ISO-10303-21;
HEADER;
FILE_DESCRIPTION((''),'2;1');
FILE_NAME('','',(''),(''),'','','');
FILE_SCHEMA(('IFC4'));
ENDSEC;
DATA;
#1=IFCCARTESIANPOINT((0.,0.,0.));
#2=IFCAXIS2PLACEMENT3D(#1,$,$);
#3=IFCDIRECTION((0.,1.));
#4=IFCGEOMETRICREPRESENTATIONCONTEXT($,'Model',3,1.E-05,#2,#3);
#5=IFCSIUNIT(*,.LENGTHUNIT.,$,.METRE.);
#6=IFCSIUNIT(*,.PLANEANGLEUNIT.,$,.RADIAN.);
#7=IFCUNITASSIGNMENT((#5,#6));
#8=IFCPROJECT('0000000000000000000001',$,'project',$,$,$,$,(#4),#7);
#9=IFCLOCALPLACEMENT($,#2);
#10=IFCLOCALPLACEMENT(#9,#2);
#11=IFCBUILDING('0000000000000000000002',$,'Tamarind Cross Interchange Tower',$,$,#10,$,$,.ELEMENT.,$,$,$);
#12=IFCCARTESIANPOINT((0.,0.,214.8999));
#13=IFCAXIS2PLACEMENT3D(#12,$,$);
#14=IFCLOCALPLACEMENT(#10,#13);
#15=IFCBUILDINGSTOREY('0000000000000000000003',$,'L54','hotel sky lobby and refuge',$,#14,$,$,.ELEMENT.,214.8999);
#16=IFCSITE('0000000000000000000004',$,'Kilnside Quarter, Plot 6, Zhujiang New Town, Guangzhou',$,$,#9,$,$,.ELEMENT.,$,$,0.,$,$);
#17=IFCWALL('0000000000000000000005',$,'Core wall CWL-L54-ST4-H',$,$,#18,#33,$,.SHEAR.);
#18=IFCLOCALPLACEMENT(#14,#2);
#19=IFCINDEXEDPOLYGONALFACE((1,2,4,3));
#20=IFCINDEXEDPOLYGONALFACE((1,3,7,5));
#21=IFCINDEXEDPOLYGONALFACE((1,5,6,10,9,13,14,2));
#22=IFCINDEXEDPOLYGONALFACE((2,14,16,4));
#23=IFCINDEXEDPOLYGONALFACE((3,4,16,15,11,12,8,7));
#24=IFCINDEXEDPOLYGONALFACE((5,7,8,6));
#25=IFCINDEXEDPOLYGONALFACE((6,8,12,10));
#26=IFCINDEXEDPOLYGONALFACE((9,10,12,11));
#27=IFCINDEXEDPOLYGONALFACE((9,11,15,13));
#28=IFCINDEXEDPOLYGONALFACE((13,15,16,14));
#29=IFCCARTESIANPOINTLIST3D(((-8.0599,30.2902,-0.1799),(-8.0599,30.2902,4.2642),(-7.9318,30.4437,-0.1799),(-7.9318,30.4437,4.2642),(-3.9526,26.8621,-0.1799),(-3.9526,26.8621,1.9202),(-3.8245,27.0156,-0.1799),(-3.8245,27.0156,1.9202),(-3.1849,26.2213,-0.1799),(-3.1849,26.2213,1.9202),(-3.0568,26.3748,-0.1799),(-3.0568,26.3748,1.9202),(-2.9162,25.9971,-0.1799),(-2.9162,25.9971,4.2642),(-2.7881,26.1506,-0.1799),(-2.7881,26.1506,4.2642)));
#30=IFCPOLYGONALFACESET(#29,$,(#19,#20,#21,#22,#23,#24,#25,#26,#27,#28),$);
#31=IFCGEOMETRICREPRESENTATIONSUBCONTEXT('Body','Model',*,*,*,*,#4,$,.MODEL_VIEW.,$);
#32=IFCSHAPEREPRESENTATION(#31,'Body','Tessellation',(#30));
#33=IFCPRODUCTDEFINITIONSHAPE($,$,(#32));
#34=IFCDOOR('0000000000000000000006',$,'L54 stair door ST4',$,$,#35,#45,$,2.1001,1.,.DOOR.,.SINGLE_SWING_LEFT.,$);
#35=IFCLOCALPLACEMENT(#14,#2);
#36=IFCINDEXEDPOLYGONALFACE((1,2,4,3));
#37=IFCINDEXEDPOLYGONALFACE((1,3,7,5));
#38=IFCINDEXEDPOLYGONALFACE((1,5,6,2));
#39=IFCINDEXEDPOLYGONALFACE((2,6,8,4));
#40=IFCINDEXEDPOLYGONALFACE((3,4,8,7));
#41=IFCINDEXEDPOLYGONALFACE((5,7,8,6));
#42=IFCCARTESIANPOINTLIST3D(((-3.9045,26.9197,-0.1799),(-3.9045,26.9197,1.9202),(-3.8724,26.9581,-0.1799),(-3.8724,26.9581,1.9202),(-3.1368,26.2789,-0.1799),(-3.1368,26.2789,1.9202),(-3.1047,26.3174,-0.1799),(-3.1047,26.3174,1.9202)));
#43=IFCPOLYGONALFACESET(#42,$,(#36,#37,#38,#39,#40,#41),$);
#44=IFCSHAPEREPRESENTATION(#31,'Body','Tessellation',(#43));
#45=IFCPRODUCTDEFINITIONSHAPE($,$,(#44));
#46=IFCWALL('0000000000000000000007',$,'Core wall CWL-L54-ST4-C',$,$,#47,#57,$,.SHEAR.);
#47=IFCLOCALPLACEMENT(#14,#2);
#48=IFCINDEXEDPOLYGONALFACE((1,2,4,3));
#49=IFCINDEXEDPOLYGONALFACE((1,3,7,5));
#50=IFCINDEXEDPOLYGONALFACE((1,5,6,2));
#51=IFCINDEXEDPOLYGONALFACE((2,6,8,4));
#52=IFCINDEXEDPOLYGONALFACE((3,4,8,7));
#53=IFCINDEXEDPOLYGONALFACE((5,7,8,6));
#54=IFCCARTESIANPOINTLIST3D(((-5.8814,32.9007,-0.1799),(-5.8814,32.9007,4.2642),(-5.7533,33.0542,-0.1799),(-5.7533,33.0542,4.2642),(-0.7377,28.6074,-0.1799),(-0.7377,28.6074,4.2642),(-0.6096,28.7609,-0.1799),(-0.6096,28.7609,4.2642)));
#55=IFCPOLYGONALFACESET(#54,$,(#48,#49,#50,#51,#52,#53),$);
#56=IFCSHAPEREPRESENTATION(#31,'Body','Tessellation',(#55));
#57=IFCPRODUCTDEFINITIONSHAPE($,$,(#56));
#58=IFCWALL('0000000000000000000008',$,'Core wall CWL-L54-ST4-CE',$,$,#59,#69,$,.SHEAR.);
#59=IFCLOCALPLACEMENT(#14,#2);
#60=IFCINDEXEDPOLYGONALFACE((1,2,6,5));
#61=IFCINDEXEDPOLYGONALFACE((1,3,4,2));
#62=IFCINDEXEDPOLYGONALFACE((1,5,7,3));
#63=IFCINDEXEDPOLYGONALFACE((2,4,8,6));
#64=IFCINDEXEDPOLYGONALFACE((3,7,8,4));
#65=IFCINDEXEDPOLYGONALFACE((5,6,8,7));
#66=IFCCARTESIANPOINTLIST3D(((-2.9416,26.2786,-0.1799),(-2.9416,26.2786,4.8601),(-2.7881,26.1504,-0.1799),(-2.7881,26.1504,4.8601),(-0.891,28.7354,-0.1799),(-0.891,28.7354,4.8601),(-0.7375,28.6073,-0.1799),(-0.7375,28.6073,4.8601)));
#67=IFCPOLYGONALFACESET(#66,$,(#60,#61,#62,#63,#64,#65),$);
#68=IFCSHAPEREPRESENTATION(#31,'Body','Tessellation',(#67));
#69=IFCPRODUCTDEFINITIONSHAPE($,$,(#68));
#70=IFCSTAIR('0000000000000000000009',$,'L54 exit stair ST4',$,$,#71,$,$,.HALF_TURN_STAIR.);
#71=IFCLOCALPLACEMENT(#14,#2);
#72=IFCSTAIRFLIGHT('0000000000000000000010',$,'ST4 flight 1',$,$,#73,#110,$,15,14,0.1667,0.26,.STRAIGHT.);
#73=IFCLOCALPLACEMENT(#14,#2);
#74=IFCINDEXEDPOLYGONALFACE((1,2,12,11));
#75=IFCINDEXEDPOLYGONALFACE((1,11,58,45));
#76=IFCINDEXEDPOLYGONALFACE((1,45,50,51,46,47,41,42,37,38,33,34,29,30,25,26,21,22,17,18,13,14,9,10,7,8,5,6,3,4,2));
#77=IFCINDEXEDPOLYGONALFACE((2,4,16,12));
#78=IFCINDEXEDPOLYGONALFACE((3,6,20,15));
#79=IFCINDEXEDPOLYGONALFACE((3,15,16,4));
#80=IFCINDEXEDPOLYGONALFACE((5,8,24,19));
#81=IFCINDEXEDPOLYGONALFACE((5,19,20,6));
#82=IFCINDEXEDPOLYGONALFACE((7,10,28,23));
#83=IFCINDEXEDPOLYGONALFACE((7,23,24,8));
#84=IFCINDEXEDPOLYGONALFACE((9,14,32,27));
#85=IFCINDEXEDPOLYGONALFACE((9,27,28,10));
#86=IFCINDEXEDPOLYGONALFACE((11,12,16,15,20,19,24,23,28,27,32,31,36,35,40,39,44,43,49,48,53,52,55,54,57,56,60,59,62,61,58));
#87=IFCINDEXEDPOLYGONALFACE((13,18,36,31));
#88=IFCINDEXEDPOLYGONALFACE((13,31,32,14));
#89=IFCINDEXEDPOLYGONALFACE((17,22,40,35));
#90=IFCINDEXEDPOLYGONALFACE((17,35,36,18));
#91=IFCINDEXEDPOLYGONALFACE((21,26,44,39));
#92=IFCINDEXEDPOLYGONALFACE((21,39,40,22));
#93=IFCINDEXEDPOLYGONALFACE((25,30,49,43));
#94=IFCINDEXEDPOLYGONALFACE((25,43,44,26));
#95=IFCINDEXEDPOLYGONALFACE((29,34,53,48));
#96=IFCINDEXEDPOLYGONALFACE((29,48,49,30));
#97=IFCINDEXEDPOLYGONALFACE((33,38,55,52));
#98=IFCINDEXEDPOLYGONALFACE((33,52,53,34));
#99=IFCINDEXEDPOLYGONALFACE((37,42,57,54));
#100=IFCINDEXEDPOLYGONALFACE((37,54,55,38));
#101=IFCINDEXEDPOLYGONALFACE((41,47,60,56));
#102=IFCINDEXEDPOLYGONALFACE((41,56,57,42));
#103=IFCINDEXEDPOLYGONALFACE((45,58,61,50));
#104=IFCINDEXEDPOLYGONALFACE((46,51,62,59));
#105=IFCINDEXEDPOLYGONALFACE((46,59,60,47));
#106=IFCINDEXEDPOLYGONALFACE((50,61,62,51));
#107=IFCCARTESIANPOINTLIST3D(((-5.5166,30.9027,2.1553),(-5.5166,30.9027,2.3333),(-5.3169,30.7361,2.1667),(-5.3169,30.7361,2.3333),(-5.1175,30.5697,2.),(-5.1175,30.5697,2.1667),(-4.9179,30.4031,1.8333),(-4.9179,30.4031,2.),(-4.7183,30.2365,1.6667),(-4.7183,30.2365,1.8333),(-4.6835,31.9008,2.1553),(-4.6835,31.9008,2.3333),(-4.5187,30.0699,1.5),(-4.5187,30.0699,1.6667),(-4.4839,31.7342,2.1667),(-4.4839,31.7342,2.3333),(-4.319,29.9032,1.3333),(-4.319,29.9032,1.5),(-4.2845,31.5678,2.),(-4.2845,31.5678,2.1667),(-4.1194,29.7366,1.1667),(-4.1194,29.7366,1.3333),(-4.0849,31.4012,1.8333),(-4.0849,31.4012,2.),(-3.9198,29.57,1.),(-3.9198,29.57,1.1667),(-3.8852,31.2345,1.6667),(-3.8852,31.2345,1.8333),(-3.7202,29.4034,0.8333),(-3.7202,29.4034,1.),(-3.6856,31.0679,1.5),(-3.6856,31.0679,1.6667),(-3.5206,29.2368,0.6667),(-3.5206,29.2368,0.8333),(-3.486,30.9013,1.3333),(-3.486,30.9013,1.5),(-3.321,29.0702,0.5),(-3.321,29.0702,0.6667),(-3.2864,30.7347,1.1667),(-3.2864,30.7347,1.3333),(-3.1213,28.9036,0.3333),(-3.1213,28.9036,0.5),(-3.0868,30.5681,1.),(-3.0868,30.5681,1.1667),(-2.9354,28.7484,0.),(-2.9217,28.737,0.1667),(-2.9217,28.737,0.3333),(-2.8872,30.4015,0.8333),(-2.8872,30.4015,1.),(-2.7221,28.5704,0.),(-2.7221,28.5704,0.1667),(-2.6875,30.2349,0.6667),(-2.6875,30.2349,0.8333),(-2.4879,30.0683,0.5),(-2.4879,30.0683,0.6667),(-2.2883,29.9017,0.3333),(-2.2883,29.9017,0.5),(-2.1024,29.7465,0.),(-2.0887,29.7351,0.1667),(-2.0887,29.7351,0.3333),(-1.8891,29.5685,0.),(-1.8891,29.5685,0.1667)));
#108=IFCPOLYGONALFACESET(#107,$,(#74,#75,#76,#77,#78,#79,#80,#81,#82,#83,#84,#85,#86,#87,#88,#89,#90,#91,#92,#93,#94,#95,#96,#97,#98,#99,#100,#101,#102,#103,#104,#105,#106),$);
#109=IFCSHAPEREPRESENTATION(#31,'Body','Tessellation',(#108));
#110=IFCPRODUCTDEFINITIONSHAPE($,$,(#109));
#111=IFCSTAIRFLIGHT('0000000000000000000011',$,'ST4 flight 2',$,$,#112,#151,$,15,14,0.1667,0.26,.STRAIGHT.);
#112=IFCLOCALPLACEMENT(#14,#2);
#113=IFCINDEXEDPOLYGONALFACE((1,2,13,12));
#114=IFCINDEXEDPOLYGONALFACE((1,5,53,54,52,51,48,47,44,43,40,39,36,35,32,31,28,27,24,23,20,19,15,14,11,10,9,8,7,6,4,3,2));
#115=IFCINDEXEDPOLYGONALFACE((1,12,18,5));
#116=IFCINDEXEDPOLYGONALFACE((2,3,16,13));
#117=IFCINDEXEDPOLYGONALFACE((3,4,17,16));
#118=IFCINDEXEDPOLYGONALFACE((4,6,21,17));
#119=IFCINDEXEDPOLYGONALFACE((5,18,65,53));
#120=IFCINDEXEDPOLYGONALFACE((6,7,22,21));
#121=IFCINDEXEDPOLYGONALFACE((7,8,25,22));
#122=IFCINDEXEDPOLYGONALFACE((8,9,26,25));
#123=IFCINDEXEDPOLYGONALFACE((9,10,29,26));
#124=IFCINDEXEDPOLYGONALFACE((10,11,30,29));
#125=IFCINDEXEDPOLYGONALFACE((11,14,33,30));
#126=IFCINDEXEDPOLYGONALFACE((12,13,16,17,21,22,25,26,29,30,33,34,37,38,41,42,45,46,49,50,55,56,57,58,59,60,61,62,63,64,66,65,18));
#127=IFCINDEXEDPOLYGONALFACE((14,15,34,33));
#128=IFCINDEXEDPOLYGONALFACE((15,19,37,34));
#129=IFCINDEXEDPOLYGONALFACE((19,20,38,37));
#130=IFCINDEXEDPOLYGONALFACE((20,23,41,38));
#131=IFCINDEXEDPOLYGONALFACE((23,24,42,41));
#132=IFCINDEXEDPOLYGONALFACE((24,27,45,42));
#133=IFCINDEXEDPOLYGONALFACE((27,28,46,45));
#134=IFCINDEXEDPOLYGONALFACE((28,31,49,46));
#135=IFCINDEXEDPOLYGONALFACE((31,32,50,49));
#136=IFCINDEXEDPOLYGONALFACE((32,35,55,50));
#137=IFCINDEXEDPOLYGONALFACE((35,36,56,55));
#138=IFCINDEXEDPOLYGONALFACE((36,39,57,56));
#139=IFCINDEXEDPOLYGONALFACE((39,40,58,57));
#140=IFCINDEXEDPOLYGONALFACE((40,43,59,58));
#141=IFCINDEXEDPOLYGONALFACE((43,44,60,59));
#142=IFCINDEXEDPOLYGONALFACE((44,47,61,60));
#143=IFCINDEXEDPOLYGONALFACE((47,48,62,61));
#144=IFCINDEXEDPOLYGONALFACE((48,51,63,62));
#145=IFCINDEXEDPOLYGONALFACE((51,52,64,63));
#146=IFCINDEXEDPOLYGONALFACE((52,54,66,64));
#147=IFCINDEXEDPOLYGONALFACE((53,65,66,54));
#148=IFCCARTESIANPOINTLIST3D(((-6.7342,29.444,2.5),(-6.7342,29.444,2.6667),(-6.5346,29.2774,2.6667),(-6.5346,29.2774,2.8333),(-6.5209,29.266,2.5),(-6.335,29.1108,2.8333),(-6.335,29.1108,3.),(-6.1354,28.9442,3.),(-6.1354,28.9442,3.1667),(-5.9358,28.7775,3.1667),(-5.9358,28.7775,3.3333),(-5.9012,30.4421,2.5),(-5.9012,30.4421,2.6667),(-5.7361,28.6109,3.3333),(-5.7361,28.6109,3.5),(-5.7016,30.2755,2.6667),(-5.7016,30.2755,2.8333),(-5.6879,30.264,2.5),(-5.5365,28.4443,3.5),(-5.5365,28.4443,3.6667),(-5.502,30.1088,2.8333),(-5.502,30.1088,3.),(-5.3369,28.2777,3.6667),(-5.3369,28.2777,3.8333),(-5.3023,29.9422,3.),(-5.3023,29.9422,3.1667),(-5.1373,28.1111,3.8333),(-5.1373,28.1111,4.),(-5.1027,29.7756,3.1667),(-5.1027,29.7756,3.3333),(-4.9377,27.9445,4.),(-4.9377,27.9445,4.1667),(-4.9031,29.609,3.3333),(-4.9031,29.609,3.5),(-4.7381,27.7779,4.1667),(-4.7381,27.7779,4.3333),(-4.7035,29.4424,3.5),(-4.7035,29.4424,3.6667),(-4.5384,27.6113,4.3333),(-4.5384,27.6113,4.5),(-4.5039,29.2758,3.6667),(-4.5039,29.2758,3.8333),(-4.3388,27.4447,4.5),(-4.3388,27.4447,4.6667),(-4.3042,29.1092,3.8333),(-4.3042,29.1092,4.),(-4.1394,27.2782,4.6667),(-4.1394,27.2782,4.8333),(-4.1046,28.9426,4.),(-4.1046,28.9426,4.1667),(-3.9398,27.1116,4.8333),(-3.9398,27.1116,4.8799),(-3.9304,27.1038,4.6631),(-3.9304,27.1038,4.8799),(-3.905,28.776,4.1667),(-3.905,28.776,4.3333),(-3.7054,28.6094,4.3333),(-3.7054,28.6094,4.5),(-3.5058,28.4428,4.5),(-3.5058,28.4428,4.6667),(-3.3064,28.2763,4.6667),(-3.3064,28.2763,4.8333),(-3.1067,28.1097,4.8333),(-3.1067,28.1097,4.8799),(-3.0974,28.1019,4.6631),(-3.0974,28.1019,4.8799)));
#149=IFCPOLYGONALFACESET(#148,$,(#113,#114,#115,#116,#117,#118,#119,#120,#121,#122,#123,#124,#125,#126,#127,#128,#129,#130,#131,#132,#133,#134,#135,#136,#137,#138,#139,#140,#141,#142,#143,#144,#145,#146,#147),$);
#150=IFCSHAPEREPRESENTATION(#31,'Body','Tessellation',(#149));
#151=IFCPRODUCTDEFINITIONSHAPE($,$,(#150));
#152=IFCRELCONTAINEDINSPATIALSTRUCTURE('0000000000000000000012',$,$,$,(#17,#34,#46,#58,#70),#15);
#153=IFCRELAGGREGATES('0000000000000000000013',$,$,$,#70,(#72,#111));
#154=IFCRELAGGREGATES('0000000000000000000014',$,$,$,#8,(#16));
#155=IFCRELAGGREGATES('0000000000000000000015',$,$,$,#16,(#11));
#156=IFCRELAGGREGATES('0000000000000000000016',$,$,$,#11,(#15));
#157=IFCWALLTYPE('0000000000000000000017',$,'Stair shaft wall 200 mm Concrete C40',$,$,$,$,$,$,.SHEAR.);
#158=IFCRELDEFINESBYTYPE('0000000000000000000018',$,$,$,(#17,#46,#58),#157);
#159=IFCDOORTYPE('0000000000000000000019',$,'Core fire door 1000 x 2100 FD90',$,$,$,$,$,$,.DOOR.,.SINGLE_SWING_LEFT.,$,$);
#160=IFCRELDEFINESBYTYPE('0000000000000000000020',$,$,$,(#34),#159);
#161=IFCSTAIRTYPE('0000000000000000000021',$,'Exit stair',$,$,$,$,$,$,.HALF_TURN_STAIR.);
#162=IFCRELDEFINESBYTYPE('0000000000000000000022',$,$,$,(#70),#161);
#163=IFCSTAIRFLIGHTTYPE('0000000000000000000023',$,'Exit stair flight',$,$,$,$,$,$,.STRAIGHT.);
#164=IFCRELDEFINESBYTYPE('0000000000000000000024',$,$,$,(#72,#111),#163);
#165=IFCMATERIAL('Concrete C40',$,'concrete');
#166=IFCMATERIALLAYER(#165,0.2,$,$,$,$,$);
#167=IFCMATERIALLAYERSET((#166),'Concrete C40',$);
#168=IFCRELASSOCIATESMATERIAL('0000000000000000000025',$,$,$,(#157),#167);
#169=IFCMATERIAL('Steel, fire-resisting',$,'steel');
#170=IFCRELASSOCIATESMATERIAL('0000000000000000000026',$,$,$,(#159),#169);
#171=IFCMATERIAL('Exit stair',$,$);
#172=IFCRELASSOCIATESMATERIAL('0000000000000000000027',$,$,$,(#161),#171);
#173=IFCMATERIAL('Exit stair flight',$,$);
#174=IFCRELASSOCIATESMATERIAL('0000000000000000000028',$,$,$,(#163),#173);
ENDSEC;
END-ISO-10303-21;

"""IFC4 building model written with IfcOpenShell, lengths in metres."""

from ifc_helpers import new_model, si_unit, direction, frame, frame_2d, origin, place, context, subcontext, project, spatial, polyline, rectangle, outline, extrude, material, layer, layer_set, type_object, element, fill, aggregate, save


model = new_model("IFC4")

# Units and contexts
model_context = context("Model", 3, precision=1e-05, world=origin(), true_north=direction((0.0, 1.0)))
body_context = subcontext(model_context, "Body", "Model", "MODEL_VIEW")
ifc_project = project(units=[si_unit("LENGTHUNIT", "METRE"), si_unit("PLANEANGLEUNIT", "RADIAN")], contexts=[model_context])

# Site, building, storey
site_placement = place(None, origin())
site = spatial("IfcSite", under=ifc_project, at=site_placement, Name="Kilnside Quarter, Plot 6, Zhujiang New Town, Guangzhou", CompositionType="ELEMENT", RefElevation=0.0)
building_placement = place(site_placement, origin())
building = spatial("IfcBuilding", under=site, at=building_placement, Name="Tamarind Cross Interchange Tower", CompositionType="ELEMENT")
storey_placement = place(building_placement, frame((0.0, 0.0, 214.8999)))
storey = spatial("IfcBuildingStorey", under=building, at=storey_placement, Name="L54", Description="hotel sky lobby and refuge", CompositionType="ELEMENT", Elevation=214.8999)

# Shared definitions
ifc_material_1 = material(Name="Concrete C40", Category="concrete")

# Wall, opening, door
ifc_layer_1 = layer(ifc_material_1, 0.2)
ifc_layer_set_1 = layer_set([ifc_layer_1], Name="Concrete C40")
wall_type_1 = type_object("IfcWallType", Name="Stair shaft wall 200 mm Concrete C40", PredefinedType="SHEAR", material=ifc_layer_set_1)
wall_1_placement = place(storey_placement, frame((-2.8521, 26.0737, -0.1799), z_axis=(0.0, 0.0, 1.0), x_axis=(-0.767728, 0.640776, 0.0)))
wall_1 = element("IfcWall", 1, at=wall_1_placement, inside=storey, type_object=wall_type_1, Name="Core wall CWL-L54-ST4-H", PredefinedType="SHEAR", context=body_context, shape_type="SweptSolid", body=[
    extrude(rectangle(XDim=6.7, YDim=0.2, at=frame_2d((3.3501, 0.0))), origin(), (0.0, 0.0, 1.0), 4.4441),
])
opening_1_placement = place(wall_1_placement, frame((0.3501, 0.0, 0.0)))
opening_1 = element("IfcOpeningElement", 2, at=opening_1_placement, cuts=wall_1, PredefinedType="OPENING", context=body_context, shape_type="SweptSolid", body=[
    extrude(rectangle(XDim=1.0, YDim=2.1001, at=frame_2d((0.5, 1.05))), frame((0.0, 0.1099, 0.0), z_axis=(0.0, -1.0, 0.0), x_axis=(1.0, 0.0, 0.0)), (0.0, 0.0, 1.0), 0.22),
])
ifc_material_2 = material(Name="Steel, fire-resisting", Category="steel")
door_type_1 = type_object("IfcDoorType", Name="Core fire door 1000 x 2100 FD90", OperationType="SINGLE_SWING_LEFT", PredefinedType="DOOR", material=ifc_material_2)
door_1_placement = place(opening_1_placement, origin())
door_1 = element("IfcDoor", 3, at=door_1_placement, inside=storey, type_object=door_type_1, Name="L54 stair door ST4", OperationType="SINGLE_SWING_LEFT", OverallHeight=2.1001, OverallWidth=1.0, PredefinedType="DOOR", context=body_context, shape_type="SweptSolid", body=[
    extrude(rectangle(XDim=1.0, YDim=2.1001, at=frame_2d((0.5, 1.05))), frame((0.0, 0.0249, 0.0), z_axis=(0.0, -1.0, 0.0), x_axis=(1.0, 0.0, 0.0)), (0.0, 0.0, 1.0), 0.05),
])
fill(opening_1, door_1)

# Walls
wall_2_placement = place(storey_placement, frame((-0.6736, 28.6841, -0.1799), z_axis=(0.0, 0.0, 1.0), x_axis=(-0.767713, 0.640794, 0.0)))
element("IfcWall", 4, at=wall_2_placement, inside=storey, type_object=wall_type_1, Name="Core wall CWL-L54-ST4-C", PredefinedType="SHEAR", context=body_context, shape_type="SweptSolid", body=[
    extrude(rectangle(XDim=6.7, YDim=0.2, at=frame_2d((3.3501, 0.0))), origin(), (0.0, 0.0, 1.0), 4.4441),
])
wall_3_placement = place(storey_placement, frame((-0.8142, 28.6714, -0.1799), z_axis=(0.0, 0.0, 1.0), x_axis=(-0.640777, -0.767727, 0.0)))
element("IfcWall", 5, at=wall_3_placement, inside=storey, type_object=wall_type_1, Name="Core wall CWL-L54-ST4-CE", PredefinedType="SHEAR", context=body_context, shape_type="SweptSolid", body=[
    extrude(rectangle(XDim=3.2002, YDim=0.2, at=frame_2d((1.6001, 0.0))), origin(), (0.0, 0.0, 1.0), 5.04),
])

# Stair, stair flights
ifc_material_3 = material(Name="Exit stair")
stair_type = type_object("IfcStairType", Name="Exit stair", PredefinedType="HALF_TURN_STAIR", material=ifc_material_3)
stair_placement = place(storey_placement, origin())
stair = element("IfcStair", 6, at=stair_placement, inside=storey, type_object=stair_type, Name="L54 exit stair ST4", PredefinedType="HALF_TURN_STAIR")
ifc_material_4 = material(Name="Exit stair flight")
stair_flight_type = type_object("IfcStairFlightType", Name="Exit stair flight", PredefinedType="STRAIGHT", material=ifc_material_4)
stair_flight_1_placement = place(storey_placement, frame((-2.3057, 29.0693, 0.0), z_axis=(0.0, 0.0, 1.0), x_axis=(-0.767729, 0.640775, 0.0)))
stair_flight_1 = element("IfcStairFlight", 7, at=stair_flight_1_placement, type_object=stair_flight_type, Name="ST4 flight 1", NumberOfRisers=15, NumberOfTreads=14, PredefinedType="STRAIGHT", RiserHeight=0.1667, TreadLength=0.26, context=body_context, shape_type="SweptSolid", body=[
    extrude(outline(polyline([(0.0, 0.0), (0.0, 0.1667), (0.26, 0.1667), (0.26, 0.3333), (0.52, 0.3333), (0.52, 0.5), (0.78, 0.5), (0.78, 0.6667), (1.04, 0.6667), (1.04, 0.8333), (1.3, 0.8333), (1.3, 1.0), (1.5601, 1.0), (1.5601, 1.1667), (1.8201, 1.1667), (1.8201, 1.3333), (2.0801, 1.3333), (2.0801, 1.5), (2.3401, 1.5), (2.3401, 1.6667), (2.6001, 1.6667), (2.6001, 1.8333), (2.8601, 1.8333), (2.8601, 2.0), (3.1201, 2.0), (3.1201, 2.1667), (3.3799, 2.1667), (3.3799, 2.3333), (3.6399, 2.3333), (3.6399, 2.5), (3.6399, 2.1553), (0.2778, 0.0), (0.0, 0.0)])), frame((0.0, 0.6499, 0.0), z_axis=(0.0, -1.0, 0.0), x_axis=(1.0, 0.0, 0.0)), (0.0, 0.0, 1.0), 1.3),
])
stair_flight_2_placement = place(storey_placement, frame((-6.3176, 29.9431, 2.5), z_axis=(0.0, 0.0, 1.0), x_axis=(0.767729, -0.640775, 0.0)))
stair_flight_2 = element("IfcStairFlight", 8, at=stair_flight_2_placement, type_object=stair_flight_type, Name="ST4 flight 2", NumberOfRisers=15, NumberOfTreads=14, PredefinedType="STRAIGHT", RiserHeight=0.1667, TreadLength=0.26, context=body_context, shape_type="SweptSolid", body=[
    extrude(outline(polyline([(0.0, 0.0), (0.0, 0.1667), (0.26, 0.1667), (0.26, 0.3333), (0.52, 0.3333), (0.52, 0.5), (0.78, 0.5), (0.78, 0.6667), (1.04, 0.6667), (1.04, 0.8333), (1.3, 0.8333), (1.3, 1.0), (1.5601, 1.0), (1.5601, 1.1667), (1.8201, 1.1667), (1.8201, 1.3333), (2.0801, 1.3333), (2.0801, 1.5), (2.3401, 1.5), (2.3401, 1.6667), (2.6001, 1.6667), (2.6001, 1.8333), (2.8601, 1.8333), (2.8601, 2.0), (3.1201, 2.0), (3.1201, 2.1667), (3.3799, 2.1667), (3.3799, 2.3333), (3.6399, 2.3333), (3.6399, 2.3799), (3.6521, 2.3799), (3.6521, 2.1631), (0.2778, 0.0), (0.0, 0.0)])), frame((0.0, 0.6499, 0.0), z_axis=(0.0, -1.0, 0.0), x_axis=(1.0, 0.0, 0.0)), (0.0, 0.0, 1.0), 1.3),
])
aggregate(stair, [stair_flight_1, stair_flight_2])

save(model, "model.ifc")
